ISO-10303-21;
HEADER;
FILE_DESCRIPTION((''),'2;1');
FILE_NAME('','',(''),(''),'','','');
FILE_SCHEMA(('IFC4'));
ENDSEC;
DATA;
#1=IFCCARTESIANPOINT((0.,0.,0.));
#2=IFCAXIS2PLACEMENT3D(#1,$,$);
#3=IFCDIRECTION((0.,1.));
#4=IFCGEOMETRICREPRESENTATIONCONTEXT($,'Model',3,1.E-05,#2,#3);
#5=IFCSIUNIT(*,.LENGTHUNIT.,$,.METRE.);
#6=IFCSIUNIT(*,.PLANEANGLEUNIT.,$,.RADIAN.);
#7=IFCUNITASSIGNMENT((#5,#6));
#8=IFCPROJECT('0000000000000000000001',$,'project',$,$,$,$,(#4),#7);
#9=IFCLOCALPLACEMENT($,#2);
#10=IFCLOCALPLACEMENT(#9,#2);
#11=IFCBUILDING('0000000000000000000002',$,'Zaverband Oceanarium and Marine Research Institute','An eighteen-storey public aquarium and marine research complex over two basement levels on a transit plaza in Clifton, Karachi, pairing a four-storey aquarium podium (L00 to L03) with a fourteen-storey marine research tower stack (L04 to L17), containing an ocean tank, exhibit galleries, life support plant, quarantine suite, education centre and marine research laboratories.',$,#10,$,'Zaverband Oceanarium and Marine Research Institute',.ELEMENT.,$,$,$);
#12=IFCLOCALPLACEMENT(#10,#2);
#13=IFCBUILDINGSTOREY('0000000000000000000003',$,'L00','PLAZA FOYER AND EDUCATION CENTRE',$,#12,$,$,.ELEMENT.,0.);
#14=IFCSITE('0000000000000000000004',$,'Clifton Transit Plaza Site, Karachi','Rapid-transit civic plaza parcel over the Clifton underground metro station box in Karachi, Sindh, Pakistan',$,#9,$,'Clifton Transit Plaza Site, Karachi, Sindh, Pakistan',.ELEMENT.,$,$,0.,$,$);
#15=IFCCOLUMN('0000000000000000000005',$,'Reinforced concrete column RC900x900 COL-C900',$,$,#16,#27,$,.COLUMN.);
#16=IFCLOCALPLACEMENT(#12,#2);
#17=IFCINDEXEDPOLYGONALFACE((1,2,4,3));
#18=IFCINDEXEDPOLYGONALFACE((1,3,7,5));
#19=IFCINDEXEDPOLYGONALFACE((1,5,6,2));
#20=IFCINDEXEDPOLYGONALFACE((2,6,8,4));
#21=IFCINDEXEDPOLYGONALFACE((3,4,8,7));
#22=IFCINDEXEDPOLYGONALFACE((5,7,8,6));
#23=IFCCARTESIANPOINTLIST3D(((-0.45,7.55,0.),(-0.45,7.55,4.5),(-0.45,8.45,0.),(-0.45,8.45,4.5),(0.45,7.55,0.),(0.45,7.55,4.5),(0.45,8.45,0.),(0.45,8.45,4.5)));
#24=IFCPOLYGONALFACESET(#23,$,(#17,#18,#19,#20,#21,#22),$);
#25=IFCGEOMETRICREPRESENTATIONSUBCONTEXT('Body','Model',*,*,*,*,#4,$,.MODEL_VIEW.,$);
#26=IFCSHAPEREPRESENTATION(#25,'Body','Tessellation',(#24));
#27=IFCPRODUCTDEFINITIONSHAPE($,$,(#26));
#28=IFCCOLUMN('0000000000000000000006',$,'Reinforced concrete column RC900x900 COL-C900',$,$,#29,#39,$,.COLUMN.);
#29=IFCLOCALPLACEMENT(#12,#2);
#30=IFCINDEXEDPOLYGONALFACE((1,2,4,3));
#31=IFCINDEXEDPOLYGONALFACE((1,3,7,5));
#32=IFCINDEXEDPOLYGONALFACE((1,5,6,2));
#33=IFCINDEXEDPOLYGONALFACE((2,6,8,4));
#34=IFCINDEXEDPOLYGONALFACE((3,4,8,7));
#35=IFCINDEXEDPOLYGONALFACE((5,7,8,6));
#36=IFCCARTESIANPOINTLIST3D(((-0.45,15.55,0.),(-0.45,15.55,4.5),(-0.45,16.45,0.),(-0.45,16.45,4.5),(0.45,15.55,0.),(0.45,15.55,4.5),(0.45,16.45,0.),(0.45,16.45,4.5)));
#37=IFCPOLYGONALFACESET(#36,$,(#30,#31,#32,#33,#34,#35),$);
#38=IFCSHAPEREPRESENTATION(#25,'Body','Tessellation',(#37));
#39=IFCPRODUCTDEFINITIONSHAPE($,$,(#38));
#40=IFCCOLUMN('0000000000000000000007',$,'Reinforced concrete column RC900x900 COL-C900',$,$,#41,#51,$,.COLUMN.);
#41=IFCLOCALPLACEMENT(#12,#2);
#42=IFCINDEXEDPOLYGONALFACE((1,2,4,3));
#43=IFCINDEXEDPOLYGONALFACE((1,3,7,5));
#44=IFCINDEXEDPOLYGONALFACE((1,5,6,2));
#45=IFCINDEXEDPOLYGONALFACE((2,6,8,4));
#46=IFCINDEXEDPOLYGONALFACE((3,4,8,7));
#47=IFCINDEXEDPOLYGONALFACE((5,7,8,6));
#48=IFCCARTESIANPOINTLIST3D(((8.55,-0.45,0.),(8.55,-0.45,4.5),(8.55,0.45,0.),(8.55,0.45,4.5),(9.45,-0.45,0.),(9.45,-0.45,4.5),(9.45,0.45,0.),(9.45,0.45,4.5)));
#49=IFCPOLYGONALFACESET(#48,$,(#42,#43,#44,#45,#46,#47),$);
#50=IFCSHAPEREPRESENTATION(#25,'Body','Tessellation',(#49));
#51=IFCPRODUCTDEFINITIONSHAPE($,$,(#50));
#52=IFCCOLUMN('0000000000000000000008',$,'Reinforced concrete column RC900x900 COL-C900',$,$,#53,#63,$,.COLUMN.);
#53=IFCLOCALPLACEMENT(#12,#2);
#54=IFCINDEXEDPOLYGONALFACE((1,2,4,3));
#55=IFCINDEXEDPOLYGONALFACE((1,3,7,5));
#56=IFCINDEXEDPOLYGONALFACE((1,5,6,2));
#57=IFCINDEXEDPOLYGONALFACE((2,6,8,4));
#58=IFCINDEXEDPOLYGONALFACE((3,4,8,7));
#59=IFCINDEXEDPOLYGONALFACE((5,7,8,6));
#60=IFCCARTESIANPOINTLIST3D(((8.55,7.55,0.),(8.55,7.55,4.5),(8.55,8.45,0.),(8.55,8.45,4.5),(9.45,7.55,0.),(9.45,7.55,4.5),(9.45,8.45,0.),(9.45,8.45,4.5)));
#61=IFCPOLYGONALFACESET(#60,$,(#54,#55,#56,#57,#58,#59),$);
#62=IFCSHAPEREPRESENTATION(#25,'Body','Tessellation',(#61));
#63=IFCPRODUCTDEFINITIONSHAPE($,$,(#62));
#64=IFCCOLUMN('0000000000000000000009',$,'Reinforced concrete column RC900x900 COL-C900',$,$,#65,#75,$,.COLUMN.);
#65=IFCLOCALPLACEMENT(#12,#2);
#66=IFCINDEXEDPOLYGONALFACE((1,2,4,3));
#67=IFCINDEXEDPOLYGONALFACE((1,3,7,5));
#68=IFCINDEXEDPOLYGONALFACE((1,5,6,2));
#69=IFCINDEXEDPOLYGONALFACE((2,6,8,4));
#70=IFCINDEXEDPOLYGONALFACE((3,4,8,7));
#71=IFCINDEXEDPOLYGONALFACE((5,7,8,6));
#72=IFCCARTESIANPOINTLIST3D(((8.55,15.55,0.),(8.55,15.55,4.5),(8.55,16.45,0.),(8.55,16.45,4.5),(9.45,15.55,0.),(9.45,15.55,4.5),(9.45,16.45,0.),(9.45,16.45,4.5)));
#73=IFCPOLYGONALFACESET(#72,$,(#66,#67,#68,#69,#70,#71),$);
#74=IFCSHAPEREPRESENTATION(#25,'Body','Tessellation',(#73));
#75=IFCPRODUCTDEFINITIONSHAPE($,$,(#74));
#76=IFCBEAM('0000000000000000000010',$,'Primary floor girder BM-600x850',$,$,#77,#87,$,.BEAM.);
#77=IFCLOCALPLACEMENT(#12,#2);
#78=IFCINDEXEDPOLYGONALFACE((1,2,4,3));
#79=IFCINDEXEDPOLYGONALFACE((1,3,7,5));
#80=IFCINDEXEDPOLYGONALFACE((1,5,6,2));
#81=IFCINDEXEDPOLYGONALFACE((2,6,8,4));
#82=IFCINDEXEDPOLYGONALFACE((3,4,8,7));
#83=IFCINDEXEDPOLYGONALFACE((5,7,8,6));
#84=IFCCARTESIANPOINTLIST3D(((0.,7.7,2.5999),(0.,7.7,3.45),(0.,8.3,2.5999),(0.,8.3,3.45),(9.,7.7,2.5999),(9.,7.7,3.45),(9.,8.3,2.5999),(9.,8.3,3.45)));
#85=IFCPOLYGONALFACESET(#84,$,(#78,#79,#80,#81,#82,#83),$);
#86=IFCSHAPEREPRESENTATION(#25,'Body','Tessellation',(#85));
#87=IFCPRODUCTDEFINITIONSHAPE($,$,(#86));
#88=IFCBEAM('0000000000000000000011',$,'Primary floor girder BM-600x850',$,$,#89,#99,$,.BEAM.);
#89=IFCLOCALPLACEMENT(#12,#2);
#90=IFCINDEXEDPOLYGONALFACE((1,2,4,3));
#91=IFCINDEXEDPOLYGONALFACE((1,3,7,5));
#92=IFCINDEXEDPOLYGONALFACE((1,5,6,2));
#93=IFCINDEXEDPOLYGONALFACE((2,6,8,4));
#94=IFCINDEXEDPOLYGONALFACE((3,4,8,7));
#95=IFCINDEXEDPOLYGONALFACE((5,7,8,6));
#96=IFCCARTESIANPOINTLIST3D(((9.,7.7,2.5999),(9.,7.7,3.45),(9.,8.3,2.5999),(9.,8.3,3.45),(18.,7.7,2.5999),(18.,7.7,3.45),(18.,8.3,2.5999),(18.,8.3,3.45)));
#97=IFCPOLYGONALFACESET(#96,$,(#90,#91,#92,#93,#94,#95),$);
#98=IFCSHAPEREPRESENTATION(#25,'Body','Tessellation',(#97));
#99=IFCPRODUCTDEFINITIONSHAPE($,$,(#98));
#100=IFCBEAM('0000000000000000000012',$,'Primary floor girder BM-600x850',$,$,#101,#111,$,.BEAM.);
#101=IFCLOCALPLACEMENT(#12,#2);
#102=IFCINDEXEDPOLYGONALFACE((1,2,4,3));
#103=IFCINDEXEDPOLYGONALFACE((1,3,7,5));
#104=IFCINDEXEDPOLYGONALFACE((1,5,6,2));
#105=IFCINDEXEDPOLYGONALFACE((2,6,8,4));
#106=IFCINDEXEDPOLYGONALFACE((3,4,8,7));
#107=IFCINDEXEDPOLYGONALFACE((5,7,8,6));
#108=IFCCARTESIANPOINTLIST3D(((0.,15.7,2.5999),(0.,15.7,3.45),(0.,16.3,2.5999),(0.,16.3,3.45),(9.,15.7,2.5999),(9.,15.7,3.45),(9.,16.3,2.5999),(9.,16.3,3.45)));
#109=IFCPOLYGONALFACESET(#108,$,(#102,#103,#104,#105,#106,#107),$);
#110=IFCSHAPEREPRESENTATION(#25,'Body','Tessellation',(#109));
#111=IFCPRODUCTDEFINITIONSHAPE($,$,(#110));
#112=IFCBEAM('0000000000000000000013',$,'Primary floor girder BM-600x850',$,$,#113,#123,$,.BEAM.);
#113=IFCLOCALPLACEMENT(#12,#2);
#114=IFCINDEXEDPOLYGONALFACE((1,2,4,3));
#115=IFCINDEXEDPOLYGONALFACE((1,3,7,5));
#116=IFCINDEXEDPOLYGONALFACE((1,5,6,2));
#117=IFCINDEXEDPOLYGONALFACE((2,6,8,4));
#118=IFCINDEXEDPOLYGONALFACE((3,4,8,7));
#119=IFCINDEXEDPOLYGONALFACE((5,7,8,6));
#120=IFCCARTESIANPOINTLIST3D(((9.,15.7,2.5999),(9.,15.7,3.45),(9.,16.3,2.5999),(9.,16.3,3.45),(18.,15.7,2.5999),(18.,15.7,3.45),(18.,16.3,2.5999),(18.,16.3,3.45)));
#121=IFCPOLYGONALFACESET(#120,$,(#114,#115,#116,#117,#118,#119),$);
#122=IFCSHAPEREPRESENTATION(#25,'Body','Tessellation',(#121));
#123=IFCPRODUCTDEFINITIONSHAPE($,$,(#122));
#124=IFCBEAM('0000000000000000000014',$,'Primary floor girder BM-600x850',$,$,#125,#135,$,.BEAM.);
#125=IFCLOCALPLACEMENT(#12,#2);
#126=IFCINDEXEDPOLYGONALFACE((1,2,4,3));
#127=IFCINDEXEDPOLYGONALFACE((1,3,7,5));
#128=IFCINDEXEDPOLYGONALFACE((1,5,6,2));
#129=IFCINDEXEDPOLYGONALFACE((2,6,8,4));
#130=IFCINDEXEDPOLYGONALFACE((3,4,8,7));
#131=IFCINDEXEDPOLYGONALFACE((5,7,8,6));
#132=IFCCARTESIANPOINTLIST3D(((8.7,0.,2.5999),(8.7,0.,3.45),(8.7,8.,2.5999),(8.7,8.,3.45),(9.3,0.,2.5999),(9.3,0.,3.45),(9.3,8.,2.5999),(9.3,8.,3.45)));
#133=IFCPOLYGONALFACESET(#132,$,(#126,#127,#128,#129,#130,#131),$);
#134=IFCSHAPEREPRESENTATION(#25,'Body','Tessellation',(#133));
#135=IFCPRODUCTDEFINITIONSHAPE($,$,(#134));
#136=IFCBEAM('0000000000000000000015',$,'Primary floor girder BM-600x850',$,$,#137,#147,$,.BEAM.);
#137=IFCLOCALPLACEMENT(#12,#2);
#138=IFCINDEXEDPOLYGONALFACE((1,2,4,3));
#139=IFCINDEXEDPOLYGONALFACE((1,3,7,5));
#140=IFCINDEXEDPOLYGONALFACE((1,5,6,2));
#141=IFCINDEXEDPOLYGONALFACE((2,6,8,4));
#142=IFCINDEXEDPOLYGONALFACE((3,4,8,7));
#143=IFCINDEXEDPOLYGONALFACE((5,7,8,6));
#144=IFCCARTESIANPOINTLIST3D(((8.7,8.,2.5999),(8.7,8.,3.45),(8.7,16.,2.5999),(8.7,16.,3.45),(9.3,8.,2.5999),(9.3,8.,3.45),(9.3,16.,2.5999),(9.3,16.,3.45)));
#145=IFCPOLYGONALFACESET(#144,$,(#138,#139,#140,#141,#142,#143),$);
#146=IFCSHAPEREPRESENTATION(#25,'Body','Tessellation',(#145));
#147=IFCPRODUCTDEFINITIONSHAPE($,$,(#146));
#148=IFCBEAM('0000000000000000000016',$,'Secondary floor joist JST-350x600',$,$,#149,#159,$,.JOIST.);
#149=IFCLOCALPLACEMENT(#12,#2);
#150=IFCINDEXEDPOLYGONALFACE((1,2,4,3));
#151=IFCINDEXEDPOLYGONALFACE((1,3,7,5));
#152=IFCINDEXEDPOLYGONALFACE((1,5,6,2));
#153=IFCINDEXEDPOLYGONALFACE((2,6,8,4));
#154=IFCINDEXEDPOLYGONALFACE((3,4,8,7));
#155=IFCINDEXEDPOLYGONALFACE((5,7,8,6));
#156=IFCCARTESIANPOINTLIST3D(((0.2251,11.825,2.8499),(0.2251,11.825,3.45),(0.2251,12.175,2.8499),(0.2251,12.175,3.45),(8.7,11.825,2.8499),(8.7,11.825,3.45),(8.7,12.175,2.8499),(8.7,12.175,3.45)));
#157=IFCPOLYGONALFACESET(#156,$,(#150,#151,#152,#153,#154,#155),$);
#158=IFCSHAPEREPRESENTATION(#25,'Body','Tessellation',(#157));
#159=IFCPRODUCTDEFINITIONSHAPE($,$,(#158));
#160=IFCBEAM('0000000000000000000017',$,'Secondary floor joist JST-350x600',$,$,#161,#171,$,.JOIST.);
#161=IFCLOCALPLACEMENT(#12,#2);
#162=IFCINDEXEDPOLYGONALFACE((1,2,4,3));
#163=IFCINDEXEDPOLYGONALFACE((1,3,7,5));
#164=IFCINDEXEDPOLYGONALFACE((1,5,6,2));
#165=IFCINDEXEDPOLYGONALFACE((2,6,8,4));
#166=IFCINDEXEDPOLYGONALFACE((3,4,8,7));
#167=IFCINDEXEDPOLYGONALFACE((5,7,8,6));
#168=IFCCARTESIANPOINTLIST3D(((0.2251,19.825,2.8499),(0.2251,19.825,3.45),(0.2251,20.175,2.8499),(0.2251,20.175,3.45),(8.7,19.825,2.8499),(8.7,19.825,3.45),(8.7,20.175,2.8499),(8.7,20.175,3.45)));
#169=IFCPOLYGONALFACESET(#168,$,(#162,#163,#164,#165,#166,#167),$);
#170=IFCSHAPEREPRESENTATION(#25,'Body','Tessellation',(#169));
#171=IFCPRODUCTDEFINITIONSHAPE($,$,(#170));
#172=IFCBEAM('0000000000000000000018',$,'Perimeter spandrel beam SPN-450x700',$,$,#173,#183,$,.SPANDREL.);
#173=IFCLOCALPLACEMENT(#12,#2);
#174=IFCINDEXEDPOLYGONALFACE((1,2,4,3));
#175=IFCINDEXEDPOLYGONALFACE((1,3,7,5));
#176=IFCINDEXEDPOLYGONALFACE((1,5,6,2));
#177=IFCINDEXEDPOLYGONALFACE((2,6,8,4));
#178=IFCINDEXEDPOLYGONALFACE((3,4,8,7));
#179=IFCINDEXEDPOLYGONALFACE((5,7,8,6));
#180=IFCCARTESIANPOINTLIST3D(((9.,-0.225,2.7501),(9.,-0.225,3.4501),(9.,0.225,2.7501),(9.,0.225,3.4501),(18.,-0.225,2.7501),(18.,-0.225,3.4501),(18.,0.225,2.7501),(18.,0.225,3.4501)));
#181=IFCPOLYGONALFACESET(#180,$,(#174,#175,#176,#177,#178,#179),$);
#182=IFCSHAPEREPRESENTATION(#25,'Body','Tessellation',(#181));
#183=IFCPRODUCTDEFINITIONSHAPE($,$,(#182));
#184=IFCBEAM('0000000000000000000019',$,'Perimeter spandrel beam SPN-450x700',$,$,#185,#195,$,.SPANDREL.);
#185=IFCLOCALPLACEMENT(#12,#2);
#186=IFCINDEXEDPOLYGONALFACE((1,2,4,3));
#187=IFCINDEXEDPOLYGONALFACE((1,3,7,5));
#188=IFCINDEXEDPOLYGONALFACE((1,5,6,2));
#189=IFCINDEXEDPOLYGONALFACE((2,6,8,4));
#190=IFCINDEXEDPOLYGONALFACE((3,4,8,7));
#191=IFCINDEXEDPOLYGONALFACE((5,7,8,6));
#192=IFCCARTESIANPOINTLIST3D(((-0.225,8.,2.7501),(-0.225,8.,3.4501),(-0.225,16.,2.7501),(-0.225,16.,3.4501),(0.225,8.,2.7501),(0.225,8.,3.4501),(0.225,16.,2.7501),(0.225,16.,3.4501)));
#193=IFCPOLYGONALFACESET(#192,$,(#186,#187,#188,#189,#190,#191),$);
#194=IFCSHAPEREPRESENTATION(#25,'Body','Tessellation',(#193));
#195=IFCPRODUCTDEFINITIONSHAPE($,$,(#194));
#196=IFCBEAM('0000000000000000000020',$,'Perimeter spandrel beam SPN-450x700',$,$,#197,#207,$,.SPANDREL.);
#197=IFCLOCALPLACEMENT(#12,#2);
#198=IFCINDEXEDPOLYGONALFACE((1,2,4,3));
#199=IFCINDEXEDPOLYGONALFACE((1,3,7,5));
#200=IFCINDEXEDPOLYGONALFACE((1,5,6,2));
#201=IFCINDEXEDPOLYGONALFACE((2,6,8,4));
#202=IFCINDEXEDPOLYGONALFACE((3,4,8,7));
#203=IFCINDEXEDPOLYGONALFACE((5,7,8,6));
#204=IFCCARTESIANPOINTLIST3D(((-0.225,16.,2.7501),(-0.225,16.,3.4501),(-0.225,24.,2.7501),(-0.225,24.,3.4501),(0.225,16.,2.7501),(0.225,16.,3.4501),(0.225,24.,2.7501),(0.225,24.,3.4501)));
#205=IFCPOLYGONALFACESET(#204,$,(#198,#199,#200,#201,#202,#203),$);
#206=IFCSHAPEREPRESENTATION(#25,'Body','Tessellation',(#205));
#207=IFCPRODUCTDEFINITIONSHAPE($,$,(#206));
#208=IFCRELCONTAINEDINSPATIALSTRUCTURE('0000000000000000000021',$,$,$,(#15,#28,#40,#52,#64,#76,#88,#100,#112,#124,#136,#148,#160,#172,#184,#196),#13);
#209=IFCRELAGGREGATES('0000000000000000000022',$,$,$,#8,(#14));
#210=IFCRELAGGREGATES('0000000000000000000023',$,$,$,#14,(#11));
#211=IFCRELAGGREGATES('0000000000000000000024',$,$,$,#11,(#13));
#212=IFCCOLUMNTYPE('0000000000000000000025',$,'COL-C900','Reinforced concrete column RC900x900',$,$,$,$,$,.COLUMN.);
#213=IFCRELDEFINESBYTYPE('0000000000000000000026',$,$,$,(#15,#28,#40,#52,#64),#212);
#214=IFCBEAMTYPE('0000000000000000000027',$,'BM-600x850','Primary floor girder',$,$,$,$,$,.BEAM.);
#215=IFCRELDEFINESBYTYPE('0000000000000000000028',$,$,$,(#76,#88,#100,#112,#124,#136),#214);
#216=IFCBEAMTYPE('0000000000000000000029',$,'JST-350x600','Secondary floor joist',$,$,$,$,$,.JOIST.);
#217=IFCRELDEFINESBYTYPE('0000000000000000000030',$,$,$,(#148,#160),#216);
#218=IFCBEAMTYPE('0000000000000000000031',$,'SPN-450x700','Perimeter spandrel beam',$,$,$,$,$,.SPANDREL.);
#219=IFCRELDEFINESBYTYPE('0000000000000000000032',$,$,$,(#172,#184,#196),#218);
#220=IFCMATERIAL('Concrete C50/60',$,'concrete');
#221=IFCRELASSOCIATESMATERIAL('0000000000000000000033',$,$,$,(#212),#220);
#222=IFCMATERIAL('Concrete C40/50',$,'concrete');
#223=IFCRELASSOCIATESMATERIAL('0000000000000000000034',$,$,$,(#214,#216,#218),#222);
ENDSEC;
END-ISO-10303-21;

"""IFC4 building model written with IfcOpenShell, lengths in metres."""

from ifc_helpers import new_model, si_unit, direction, frame, origin, origin_2d, place, context, subcontext, project, spatial, rectangle, extrude, material, material_profile, profile_set, type_object, element, save


model = new_model("IFC4")

# Units and contexts
model_context = context("Model", 3, precision=1e-05, world=origin(), true_north=direction((0.0, 1.0)))
body_context = subcontext(model_context, "Body", "Model", "MODEL_VIEW")
ifc_project = project(units=[si_unit("LENGTHUNIT", "METRE"), si_unit("PLANEANGLEUNIT", "RADIAN")], contexts=[model_context])

# Site, building, storey
site_placement = place(None, origin())
site = spatial("IfcSite", under=ifc_project, at=site_placement, Name="Clifton Transit Plaza Site, Karachi", Description="Rapid-transit civic plaza parcel over the Clifton underground metro station box in Karachi, Sindh, Pakistan", LongName="Clifton Transit Plaza Site, Karachi, Sindh, Pakistan", CompositionType="ELEMENT", RefElevation=0.0)
building_placement = place(site_placement, origin())
building = spatial("IfcBuilding", under=site, at=building_placement, Name="Zaverband Oceanarium and Marine Research Institute", Description="An eighteen-storey public aquarium and marine research complex over two basement levels on a transit plaza in Clifton, Karachi, pairing a four-storey aquarium podium (L00 to L03) with a fourteen-storey marine research tower stack (L04 to L17), containing an ocean tank, exhibit galleries, life support plant, quarantine suite, education centre and marine research laboratories.", LongName="Zaverband Oceanarium and Marine Research Institute", CompositionType="ELEMENT")
storey_placement = place(building_placement, origin())
storey = spatial("IfcBuildingStorey", under=building, at=storey_placement, Name="L00", Description="PLAZA FOYER AND EDUCATION CENTRE", CompositionType="ELEMENT", Elevation=0.0)

# Columns
ifc_material_1 = material(Name="Concrete C50/60", Category="concrete")
ifc_material_profile_1 = material_profile(ifc_material_1, rectangle(XDim=0.8999, YDim=0.8999, at=origin_2d()), Name="RC900x900")
ifc_profile_set_1 = profile_set([ifc_material_profile_1], Name="Concrete C50/60")
column_type = type_object("IfcColumnType", Name="COL-C900", Description="Reinforced concrete column RC900x900", PredefinedType="COLUMN", material=ifc_profile_set_1)
for number, where, z_axis, x_axis, name in (
    (1, (0.0, 8.0, 0.0), (0.0, 0.0, 1.0), (1.0, 0.0, 0.0), "Reinforced concrete column RC900x900 COL-C900"),
    (2, (0.0, 16.0, 0.0), (0.0, 0.0, 1.0), (1.0, 0.0, 0.0), "Reinforced concrete column RC900x900 COL-C900"),
    (3, (9.0, 0.0, 0.0), (0.0, 0.0, 1.0), (1.0, 0.0, 0.0), "Reinforced concrete column RC900x900 COL-C900"),
    (4, (9.0, 8.0, 0.0), (0.0, 0.0, 1.0), (1.0, 0.0, 0.0), "Reinforced concrete column RC900x900 COL-C900"),
    (5, (9.0, 16.0, 0.0), (0.0, 0.0, 1.0), (1.0, 0.0, 0.0), "Reinforced concrete column RC900x900 COL-C900"),
):
    element("IfcColumn", number, at=place(storey_placement, frame(where, z_axis=z_axis, x_axis=x_axis)), inside=storey, type_object=column_type, Name=name, PredefinedType="COLUMN", context=body_context, shape_type="SweptSolid", body=[
        extrude(rectangle(XDim=0.8999, YDim=0.8999, at=origin_2d()), origin(), (0.0, 0.0, 1.0), 4.5),
    ])

# Beams
ifc_material_2 = material(Name="Concrete C40/50", Category="concrete")
ifc_material_profile_2 = material_profile(ifc_material_2, rectangle(XDim=0.6001, YDim=0.8501, at=origin_2d()), Name="RC600x850")
ifc_profile_set_2 = profile_set([ifc_material_profile_2], Name="Concrete C40/50")
beam_type_1 = type_object("IfcBeamType", Name="BM-600x850", Description="Primary floor girder", PredefinedType="BEAM", material=ifc_profile_set_2)
for number, where, z_axis, x_axis, name in (
    (6, (0.0, 8.0, 3.0249), (1.0, 0.0, 0.0), (0.0, 1.0, 0.0), "Primary floor girder BM-600x850"),
    (7, (9.0, 8.0, 3.0249), (1.0, 0.0, 0.0), (0.0, 1.0, 0.0), "Primary floor girder BM-600x850"),
    (8, (0.0, 16.0, 3.0249), (1.0, 0.0, 0.0), (0.0, 1.0, 0.0), "Primary floor girder BM-600x850"),
    (9, (9.0, 16.0, 3.0249), (1.0, 0.0, 0.0), (0.0, 1.0, 0.0), "Primary floor girder BM-600x850"),
):
    element("IfcBeam", number, at=place(storey_placement, frame(where, z_axis=z_axis, x_axis=x_axis)), inside=storey, type_object=beam_type_1, Name=name, PredefinedType="BEAM", context=body_context, shape_type="SweptSolid", body=[
        extrude(rectangle(XDim=0.6001, YDim=0.8501, at=origin_2d()), origin(), (0.0, 0.0, 1.0), 9.0),
    ])
for number, where, z_axis, x_axis, name in (
    (10, (9.0, 0.0, 3.0249), (0.0, 1.0, 0.0), (-1.0, 0.0, 0.0), "Primary floor girder BM-600x850"),
    (11, (9.0, 8.0, 3.0249), (0.0, 1.0, 0.0), (-1.0, 0.0, 0.0), "Primary floor girder BM-600x850"),
):
    element("IfcBeam", number, at=place(storey_placement, frame(where, z_axis=z_axis, x_axis=x_axis)), inside=storey, type_object=beam_type_1, Name=name, PredefinedType="BEAM", context=body_context, shape_type="SweptSolid", body=[
        extrude(rectangle(XDim=0.6001, YDim=0.8501, at=origin_2d()), origin(), (0.0, 0.0, 1.0), 8.0),
    ])
ifc_material_profile_3 = material_profile(ifc_material_2, rectangle(XDim=0.3501, YDim=0.6001, at=origin_2d()), Name="RC350x600")
ifc_profile_set_3 = profile_set([ifc_material_profile_3], Name="Concrete C40/50")
beam_type_2 = type_object("IfcBeamType", Name="JST-350x600", Description="Secondary floor joist", PredefinedType="JOIST", material=ifc_profile_set_3)
for number, where, z_axis, x_axis, name in (
    (12, (0.2251, 12.0, 3.1499), (1.0, 0.0, 0.0), (0.0, 1.0, 0.0), "Secondary floor joist JST-350x600"),
    (13, (0.2251, 20.0, 3.1499), (1.0, 0.0, 0.0), (0.0, 1.0, 0.0), "Secondary floor joist JST-350x600"),
):
    element("IfcBeam", number, at=place(storey_placement, frame(where, z_axis=z_axis, x_axis=x_axis)), inside=storey, type_object=beam_type_2, Name=name, PredefinedType="JOIST", context=body_context, shape_type="SweptSolid", body=[
        extrude(rectangle(XDim=0.3501, YDim=0.6001, at=origin_2d()), origin(), (0.0, 0.0, 1.0), 8.4749),
    ])
ifc_material_profile_4 = material_profile(ifc_material_2, rectangle(XDim=0.45, YDim=0.7, at=origin_2d()), Name="RC450x700")
ifc_profile_set_4 = profile_set([ifc_material_profile_4], Name="Concrete C40/50")
beam_type_3 = type_object("IfcBeamType", Name="SPN-450x700", Description="Perimeter spandrel beam", PredefinedType="SPANDREL", material=ifc_profile_set_4)
beam_placement = place(storey_placement, frame((9.0, 0.0, 3.1001), z_axis=(1.0, 0.0, 0.0), x_axis=(0.0, 1.0, 0.0)))
element("IfcBeam", 14, at=beam_placement, inside=storey, type_object=beam_type_3, Name="Perimeter spandrel beam SPN-450x700", PredefinedType="SPANDREL", context=body_context, shape_type="SweptSolid", body=[
    extrude(rectangle(XDim=0.45, YDim=0.7, at=origin_2d()), origin(), (0.0, 0.0, 1.0), 9.0),
])
for number, where, z_axis, x_axis, name in (
    (15, (0.0, 8.0, 3.1001), (0.0, 1.0, 0.0), (-1.0, 0.0, 0.0), "Perimeter spandrel beam SPN-450x700"),
    (16, (0.0, 16.0, 3.1001), (0.0, 1.0, 0.0), (-1.0, 0.0, 0.0), "Perimeter spandrel beam SPN-450x700"),
):
    element("IfcBeam", number, at=place(storey_placement, frame(where, z_axis=z_axis, x_axis=x_axis)), inside=storey, type_object=beam_type_3, Name=name, PredefinedType="SPANDREL", context=body_context, shape_type="SweptSolid", body=[
        extrude(rectangle(XDim=0.45, YDim=0.7, at=origin_2d()), origin(), (0.0, 0.0, 1.0), 8.0),
    ])

save(model, "model.ifc")
